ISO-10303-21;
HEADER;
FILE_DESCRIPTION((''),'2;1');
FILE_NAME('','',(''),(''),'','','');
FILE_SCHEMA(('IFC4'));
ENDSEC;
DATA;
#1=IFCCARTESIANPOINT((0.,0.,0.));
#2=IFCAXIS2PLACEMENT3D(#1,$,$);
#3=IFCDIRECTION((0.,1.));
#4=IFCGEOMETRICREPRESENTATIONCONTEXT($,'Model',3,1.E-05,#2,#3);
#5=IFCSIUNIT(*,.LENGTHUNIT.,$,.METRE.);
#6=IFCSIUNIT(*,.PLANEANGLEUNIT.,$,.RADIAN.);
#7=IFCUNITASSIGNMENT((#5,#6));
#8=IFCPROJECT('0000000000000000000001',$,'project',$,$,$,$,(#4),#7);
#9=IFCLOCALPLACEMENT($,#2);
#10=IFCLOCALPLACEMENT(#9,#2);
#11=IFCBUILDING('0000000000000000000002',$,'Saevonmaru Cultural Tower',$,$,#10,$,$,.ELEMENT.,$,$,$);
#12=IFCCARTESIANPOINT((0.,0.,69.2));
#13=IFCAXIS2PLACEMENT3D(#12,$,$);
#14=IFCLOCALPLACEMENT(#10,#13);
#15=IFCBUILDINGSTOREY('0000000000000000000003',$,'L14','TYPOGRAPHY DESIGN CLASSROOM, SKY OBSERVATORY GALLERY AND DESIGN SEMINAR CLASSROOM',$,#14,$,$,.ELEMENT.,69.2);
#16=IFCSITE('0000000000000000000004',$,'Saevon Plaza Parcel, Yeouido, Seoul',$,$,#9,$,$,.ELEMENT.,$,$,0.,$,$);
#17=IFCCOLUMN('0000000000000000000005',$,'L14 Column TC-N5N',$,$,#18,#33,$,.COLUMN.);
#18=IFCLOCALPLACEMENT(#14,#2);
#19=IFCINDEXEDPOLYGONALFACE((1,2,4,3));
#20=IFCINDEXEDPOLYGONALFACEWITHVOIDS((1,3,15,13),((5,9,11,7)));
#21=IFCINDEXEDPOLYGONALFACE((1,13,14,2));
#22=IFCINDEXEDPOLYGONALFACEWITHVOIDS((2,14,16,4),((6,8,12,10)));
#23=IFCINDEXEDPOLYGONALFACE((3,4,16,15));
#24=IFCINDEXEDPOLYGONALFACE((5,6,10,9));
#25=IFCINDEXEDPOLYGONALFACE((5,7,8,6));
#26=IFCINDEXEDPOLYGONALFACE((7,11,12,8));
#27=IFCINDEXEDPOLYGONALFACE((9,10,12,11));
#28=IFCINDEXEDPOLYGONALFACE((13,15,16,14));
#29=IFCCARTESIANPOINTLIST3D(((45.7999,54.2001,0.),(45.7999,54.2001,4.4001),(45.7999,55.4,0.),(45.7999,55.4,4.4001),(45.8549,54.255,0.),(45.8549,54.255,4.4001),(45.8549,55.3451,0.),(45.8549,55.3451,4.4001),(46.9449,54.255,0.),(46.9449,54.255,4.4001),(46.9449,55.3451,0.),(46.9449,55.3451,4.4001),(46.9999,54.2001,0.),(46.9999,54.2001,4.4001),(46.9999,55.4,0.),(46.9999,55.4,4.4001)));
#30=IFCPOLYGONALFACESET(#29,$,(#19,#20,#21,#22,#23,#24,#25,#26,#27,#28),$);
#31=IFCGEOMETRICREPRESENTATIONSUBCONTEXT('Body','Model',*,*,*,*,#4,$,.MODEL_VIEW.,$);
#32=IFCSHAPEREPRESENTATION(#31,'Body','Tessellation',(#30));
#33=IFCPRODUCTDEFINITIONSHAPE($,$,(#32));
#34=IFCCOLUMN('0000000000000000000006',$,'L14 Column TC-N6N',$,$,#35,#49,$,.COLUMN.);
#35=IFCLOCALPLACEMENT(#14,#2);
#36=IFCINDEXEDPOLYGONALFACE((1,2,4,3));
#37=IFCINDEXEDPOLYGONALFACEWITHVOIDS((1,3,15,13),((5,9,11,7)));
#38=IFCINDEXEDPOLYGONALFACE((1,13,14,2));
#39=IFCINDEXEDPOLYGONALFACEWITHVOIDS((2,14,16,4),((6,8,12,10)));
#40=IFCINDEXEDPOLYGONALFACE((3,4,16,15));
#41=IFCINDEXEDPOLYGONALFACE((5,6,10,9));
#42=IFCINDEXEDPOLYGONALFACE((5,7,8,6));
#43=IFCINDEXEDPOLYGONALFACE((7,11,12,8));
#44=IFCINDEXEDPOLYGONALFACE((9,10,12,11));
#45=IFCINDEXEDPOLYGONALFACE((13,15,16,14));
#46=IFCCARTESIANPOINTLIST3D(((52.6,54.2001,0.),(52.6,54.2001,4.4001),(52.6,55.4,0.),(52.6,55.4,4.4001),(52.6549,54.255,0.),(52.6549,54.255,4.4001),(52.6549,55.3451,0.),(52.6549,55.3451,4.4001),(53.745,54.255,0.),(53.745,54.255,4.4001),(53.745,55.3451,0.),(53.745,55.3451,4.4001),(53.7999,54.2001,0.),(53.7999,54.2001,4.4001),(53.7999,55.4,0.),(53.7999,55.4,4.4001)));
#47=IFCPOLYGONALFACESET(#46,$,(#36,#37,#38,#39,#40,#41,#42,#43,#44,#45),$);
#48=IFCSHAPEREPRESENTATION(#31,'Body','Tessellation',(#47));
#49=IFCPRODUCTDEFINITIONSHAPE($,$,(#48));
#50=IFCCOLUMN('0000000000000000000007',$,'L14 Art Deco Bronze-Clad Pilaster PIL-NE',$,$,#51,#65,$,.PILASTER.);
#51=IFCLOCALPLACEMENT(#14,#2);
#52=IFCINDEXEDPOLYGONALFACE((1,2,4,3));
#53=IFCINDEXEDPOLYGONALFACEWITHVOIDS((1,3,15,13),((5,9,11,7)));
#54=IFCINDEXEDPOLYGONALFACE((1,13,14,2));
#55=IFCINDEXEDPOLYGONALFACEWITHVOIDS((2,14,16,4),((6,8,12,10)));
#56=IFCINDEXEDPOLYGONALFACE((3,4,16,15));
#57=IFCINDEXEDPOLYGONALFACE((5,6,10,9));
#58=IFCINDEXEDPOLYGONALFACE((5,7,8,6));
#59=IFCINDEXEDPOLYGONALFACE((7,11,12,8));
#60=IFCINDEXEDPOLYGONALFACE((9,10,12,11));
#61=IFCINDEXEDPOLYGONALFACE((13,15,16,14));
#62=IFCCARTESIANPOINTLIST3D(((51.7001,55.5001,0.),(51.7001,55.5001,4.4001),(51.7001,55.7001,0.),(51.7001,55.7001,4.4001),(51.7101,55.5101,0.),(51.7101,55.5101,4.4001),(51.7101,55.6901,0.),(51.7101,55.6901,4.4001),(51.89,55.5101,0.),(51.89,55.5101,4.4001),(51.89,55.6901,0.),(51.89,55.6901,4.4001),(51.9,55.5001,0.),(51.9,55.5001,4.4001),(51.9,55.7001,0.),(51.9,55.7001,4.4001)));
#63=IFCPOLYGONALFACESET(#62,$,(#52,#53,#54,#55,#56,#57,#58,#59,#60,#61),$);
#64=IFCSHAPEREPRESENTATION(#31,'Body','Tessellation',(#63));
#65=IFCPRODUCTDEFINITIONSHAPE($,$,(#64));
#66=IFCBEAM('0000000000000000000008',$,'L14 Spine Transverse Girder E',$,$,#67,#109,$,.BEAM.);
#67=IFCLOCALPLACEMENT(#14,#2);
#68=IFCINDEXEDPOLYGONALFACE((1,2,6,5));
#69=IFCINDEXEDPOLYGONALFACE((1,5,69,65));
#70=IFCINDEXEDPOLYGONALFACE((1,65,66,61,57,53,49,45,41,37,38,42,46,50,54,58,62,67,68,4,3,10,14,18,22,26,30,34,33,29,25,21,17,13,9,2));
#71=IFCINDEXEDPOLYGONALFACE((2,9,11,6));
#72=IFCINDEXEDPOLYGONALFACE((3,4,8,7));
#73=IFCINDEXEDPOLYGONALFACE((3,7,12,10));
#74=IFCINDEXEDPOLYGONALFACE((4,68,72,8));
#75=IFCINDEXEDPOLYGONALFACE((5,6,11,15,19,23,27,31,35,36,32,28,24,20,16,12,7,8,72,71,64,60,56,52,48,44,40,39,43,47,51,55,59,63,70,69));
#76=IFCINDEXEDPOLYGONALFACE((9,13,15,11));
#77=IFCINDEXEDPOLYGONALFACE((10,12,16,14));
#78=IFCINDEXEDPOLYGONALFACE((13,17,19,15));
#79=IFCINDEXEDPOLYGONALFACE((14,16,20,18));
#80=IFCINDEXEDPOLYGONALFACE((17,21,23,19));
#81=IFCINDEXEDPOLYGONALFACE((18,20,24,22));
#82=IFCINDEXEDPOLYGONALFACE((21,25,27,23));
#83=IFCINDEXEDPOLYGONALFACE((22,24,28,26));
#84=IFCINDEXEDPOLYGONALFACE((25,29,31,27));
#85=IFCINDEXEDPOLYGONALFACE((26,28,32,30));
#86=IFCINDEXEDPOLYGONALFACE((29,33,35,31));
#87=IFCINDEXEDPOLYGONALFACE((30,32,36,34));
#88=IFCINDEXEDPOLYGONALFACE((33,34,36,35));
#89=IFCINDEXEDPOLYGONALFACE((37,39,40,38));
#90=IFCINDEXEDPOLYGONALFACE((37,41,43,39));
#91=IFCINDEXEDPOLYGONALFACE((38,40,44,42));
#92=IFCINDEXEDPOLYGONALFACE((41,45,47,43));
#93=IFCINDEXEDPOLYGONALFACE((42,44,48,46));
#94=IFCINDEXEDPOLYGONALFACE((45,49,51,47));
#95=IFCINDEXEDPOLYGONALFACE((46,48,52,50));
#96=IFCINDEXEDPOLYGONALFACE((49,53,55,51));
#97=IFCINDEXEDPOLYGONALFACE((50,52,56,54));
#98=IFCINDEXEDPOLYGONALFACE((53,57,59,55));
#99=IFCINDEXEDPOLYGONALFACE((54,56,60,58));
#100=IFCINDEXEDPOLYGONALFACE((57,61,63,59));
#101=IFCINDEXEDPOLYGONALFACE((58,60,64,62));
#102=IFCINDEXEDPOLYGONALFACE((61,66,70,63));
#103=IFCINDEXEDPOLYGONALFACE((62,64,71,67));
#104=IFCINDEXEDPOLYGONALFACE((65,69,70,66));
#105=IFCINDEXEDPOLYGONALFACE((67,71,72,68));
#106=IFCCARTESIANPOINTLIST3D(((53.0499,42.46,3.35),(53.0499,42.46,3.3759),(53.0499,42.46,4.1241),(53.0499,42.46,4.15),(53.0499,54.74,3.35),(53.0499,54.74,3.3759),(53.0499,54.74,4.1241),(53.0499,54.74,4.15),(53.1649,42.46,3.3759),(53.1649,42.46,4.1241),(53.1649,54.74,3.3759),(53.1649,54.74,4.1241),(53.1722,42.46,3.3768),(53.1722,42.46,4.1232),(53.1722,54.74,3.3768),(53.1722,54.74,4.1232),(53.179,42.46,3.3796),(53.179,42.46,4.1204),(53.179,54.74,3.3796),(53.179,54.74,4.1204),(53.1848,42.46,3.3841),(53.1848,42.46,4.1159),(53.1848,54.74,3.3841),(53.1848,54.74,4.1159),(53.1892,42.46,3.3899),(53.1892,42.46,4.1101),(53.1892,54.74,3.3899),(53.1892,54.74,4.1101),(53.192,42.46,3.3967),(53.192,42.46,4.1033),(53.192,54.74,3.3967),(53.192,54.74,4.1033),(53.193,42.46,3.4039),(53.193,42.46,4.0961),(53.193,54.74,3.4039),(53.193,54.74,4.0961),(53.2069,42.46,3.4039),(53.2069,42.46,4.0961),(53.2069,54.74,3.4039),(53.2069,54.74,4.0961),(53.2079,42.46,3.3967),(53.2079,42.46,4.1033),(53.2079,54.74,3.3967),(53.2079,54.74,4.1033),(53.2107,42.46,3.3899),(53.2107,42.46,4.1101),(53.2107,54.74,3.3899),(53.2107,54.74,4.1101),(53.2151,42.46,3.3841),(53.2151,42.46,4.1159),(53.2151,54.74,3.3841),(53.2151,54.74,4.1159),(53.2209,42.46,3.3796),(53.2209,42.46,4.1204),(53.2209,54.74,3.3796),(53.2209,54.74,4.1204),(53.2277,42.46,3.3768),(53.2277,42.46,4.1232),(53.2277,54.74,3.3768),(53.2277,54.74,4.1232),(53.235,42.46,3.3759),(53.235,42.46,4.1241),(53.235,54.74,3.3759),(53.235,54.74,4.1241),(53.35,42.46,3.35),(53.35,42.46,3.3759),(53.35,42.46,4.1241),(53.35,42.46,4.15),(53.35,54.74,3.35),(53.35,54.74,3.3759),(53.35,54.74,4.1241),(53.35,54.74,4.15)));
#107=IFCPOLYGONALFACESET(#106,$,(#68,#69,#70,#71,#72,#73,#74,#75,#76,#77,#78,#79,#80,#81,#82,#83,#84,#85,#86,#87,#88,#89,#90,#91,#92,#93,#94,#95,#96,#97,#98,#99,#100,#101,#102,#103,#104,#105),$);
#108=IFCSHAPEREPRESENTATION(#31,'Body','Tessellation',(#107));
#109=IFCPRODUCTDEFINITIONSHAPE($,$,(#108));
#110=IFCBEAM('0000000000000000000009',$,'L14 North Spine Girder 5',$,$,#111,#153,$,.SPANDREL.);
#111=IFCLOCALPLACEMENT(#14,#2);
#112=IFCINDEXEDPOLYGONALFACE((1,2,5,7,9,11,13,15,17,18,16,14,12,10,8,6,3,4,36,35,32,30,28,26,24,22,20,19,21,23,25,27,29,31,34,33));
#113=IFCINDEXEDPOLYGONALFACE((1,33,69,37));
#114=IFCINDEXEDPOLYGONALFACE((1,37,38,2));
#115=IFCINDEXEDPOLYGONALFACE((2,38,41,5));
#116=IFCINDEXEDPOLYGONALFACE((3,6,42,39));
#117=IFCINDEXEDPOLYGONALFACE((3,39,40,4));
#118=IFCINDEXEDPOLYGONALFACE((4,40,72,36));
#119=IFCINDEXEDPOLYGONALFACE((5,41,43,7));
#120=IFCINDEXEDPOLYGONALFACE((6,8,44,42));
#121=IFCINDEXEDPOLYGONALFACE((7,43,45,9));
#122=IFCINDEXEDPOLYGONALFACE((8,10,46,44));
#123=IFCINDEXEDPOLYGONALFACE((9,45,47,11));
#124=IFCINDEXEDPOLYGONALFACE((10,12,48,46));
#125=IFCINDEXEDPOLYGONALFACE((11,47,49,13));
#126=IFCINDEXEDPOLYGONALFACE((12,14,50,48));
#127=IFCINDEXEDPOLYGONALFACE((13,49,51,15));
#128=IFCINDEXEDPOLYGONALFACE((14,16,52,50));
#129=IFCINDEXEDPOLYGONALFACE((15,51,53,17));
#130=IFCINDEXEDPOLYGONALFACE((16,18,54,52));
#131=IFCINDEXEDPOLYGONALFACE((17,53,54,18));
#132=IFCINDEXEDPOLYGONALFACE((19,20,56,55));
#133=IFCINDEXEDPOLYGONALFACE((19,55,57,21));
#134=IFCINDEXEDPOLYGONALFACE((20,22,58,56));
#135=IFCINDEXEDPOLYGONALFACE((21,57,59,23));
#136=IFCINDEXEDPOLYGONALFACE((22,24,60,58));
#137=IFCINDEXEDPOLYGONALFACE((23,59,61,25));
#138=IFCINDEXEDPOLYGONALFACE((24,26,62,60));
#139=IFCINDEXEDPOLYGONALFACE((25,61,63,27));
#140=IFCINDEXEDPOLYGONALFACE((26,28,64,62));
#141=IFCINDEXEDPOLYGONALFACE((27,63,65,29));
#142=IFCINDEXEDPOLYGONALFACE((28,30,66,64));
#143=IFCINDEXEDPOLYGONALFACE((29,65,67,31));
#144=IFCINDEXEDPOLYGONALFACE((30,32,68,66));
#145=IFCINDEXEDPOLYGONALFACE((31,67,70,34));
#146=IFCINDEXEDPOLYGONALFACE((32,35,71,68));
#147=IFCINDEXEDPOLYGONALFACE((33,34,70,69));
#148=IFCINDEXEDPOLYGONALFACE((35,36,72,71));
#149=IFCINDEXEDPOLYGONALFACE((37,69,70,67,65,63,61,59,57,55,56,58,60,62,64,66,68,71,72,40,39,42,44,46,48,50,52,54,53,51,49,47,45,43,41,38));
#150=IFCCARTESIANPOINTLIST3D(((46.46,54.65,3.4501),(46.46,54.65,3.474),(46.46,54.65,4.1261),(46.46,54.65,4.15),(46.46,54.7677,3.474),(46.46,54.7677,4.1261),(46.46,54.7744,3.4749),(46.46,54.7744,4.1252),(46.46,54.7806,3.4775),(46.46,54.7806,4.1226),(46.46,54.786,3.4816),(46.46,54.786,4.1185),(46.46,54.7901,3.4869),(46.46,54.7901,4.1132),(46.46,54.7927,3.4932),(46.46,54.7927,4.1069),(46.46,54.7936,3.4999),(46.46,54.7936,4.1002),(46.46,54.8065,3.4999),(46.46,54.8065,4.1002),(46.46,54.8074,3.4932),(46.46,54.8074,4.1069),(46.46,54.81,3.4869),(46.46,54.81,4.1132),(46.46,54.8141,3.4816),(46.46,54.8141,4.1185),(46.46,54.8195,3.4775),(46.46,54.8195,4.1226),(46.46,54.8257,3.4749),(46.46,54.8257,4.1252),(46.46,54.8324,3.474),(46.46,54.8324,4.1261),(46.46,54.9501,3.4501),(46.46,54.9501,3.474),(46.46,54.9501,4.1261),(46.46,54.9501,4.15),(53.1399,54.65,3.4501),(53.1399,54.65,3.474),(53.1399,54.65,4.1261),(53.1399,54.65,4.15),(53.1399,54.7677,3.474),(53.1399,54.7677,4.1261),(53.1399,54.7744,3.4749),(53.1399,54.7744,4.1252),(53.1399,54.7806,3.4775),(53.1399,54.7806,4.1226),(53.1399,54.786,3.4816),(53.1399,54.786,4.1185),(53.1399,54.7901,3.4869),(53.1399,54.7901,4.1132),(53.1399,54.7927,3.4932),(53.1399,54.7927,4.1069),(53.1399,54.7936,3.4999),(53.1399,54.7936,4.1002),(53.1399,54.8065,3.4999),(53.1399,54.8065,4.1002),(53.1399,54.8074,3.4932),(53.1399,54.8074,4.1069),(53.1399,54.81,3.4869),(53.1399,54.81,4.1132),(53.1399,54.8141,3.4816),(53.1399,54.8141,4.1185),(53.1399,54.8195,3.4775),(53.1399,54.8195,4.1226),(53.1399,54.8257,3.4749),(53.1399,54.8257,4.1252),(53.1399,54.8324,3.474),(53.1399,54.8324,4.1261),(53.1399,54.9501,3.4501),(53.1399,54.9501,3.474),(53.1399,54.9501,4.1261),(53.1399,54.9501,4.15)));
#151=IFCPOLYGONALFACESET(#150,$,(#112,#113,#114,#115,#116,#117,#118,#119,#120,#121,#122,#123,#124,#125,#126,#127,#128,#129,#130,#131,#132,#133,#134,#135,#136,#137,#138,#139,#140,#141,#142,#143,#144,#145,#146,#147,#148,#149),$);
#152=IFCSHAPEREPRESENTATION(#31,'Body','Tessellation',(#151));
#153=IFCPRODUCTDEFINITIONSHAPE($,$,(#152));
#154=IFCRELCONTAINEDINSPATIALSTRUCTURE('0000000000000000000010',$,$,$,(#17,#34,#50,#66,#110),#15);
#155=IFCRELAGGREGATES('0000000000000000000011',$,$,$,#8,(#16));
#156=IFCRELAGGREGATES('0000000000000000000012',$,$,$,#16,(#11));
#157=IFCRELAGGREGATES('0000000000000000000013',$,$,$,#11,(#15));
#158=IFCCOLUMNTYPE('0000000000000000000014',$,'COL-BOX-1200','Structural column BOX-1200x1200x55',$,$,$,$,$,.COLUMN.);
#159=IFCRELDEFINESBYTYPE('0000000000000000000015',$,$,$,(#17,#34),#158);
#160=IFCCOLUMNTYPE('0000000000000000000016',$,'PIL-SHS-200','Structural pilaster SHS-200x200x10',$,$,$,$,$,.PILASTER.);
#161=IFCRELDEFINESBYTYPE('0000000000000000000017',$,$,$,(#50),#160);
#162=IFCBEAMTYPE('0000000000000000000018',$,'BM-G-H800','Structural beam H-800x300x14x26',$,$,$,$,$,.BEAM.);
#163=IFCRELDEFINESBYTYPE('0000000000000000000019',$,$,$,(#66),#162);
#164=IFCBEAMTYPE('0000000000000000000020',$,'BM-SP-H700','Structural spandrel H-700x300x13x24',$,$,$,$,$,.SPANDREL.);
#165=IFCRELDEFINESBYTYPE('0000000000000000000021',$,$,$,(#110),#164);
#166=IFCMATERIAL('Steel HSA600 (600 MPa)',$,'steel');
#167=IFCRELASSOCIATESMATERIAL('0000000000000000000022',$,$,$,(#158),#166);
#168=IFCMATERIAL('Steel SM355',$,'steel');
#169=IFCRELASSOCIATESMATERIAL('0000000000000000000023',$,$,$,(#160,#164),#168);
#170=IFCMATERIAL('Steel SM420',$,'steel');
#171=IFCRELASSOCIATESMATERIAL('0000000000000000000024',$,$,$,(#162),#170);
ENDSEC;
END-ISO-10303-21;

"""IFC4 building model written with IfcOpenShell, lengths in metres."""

from ifc_helpers import new_model, si_unit, direction, frame, origin, origin_2d, place, context, subcontext, project, spatial, hollow_rectangle, i_section, extrude, material, material_profile, profile_set, type_object, element, save


model = new_model("IFC4")

# Units and contexts
model_context = context("Model", 3, precision=1e-05, world=origin(), true_north=direction((0.0, 1.0)))
body_context = subcontext(model_context, "Body", "Model", "MODEL_VIEW")
ifc_project = project(units=[si_unit("LENGTHUNIT", "METRE"), si_unit("PLANEANGLEUNIT", "RADIAN")], contexts=[model_context])

# Site, building, storey
site_placement = place(None, origin())
site = spatial("IfcSite", under=ifc_project, at=site_placement, Name="Saevon Plaza Parcel, Yeouido, Seoul", CompositionType="ELEMENT", RefElevation=0.0)
building_placement = place(site_placement, origin())
building = spatial("IfcBuilding", under=site, at=building_placement, Name="Saevonmaru Cultural Tower", CompositionType="ELEMENT")
storey_placement = place(building_placement, frame((0.0, 0.0, 69.2)))
storey = spatial("IfcBuildingStorey", under=building, at=storey_placement, Name="L14", Description="TYPOGRAPHY DESIGN CLASSROOM, SKY OBSERVATORY GALLERY AND DESIGN SEMINAR CLASSROOM", CompositionType="ELEMENT", Elevation=69.2)

# Columns
ifc_material_1 = material(Name="Steel HSA600 (600 MPa)", Category="steel")
ifc_material_profile_1 = material_profile(ifc_material_1, hollow_rectangle(XDim=1.2, YDim=1.2, WallThickness=0.0549, at=origin_2d()), Name="BOX-1200x1200x55")
ifc_profile_set_1 = profile_set([ifc_material_profile_1], Name="Steel HSA600 (600 MPa)")
column_type_1 = type_object("IfcColumnType", Name="COL-BOX-1200", Description="Structural column BOX-1200x1200x55", PredefinedType="COLUMN", material=ifc_profile_set_1)
for number, where, z_axis, x_axis, name in (
    (1, (46.3999, 54.8, 0.0), (0.0, 0.0, 1.0), (1.0, 0.0, 0.0), "L14 Column TC-N5N"),
    (2, (53.2, 54.8, 0.0), (0.0, 0.0, 1.0), (1.0, 0.0, 0.0), "L14 Column TC-N6N"),
):
    element("IfcColumn", number, at=place(storey_placement, frame(where, z_axis=z_axis, x_axis=x_axis)), inside=storey, type_object=column_type_1, Name=name, PredefinedType="COLUMN", context=body_context, shape_type="SweptSolid", body=[
        extrude(hollow_rectangle(XDim=1.2, YDim=1.2, WallThickness=0.0549, at=origin_2d()), origin(), (0.0, 0.0, 1.0), 4.4001),
    ])
ifc_material_2 = material(Name="Steel SM355", Category="steel")
ifc_material_profile_2 = material_profile(ifc_material_2, hollow_rectangle(XDim=0.2, YDim=0.2, WallThickness=0.01, at=origin_2d()), Name="SHS-200x200x10")
ifc_profile_set_2 = profile_set([ifc_material_profile_2], Name="Steel SM355")
column_type_2 = type_object("IfcColumnType", Name="PIL-SHS-200", Description="Structural pilaster SHS-200x200x10", PredefinedType="PILASTER", material=ifc_profile_set_2)
column_placement = place(storey_placement, frame((51.8, 55.6001, 0.0), z_axis=(0.0, 0.0, 1.0), x_axis=(1.0, 0.0, 0.0)))
element("IfcColumn", 3, at=column_placement, inside=storey, type_object=column_type_2, Name="L14 Art Deco Bronze-Clad Pilaster PIL-NE", PredefinedType="PILASTER", context=body_context, shape_type="SweptSolid", body=[
    extrude(hollow_rectangle(XDim=0.2, YDim=0.2, WallThickness=0.01, at=origin_2d()), origin(), (0.0, 0.0, 1.0), 4.4001),
])

# Beams
ifc_material_3 = material(Name="Steel SM420", Category="steel")
ifc_material_profile_3 = material_profile(ifc_material_3, i_section(OverallWidth=0.3, OverallDepth=0.8, WebThickness=0.0139, FlangeThickness=0.0259, FilletRadius=0.0281, at=origin_2d()), Name="H-800x300x14x26")
ifc_profile_set_3 = profile_set([ifc_material_profile_3], Name="Steel SM420")
beam_type_1 = type_object("IfcBeamType", Name="BM-G-H800", Description="Structural beam H-800x300x14x26", PredefinedType="BEAM", material=ifc_profile_set_3)
beam_1_placement = place(storey_placement, frame((53.2, 54.74, 3.75), z_axis=(0.0, -1.0, 0.0), x_axis=(1.0, 0.0, 0.0)))
element("IfcBeam", 4, at=beam_1_placement, inside=storey, type_object=beam_type_1, Name="L14 Spine Transverse Girder E", PredefinedType="BEAM", context=body_context, shape_type="SweptSolid", body=[
    extrude(i_section(OverallWidth=0.3, OverallDepth=0.8, WebThickness=0.0139, FlangeThickness=0.0259, FilletRadius=0.0281, at=origin_2d()), origin(), (0.0, 0.0, 1.0), 12.28),
])
ifc_material_profile_4 = material_profile(ifc_material_2, i_section(OverallWidth=0.3, OverallDepth=0.7, WebThickness=0.0129, FlangeThickness=0.0239, FilletRadius=0.0259, at=origin_2d()), Name="H-700x300x13x24")
ifc_profile_set_4 = profile_set([ifc_material_profile_4], Name="Steel SM355")
beam_type_2 = type_object("IfcBeamType", Name="BM-SP-H700", Description="Structural spandrel H-700x300x13x24", PredefinedType="SPANDREL", material=ifc_profile_set_4)
beam_2_placement = place(storey_placement, frame((46.46, 54.8, 3.8), z_axis=(1.0, 0.0, 0.0), x_axis=(0.0, 1.0, 0.0)))
element("IfcBeam", 5, at=beam_2_placement, inside=storey, type_object=beam_type_2, Name="L14 North Spine Girder 5", PredefinedType="SPANDREL", context=body_context, shape_type="SweptSolid", body=[
    extrude(i_section(OverallWidth=0.3, OverallDepth=0.7, WebThickness=0.0129, FlangeThickness=0.0239, FilletRadius=0.0259, at=origin_2d()), origin(), (0.0, 0.0, 1.0), 6.6799),
])

save(model, "model.ifc")
